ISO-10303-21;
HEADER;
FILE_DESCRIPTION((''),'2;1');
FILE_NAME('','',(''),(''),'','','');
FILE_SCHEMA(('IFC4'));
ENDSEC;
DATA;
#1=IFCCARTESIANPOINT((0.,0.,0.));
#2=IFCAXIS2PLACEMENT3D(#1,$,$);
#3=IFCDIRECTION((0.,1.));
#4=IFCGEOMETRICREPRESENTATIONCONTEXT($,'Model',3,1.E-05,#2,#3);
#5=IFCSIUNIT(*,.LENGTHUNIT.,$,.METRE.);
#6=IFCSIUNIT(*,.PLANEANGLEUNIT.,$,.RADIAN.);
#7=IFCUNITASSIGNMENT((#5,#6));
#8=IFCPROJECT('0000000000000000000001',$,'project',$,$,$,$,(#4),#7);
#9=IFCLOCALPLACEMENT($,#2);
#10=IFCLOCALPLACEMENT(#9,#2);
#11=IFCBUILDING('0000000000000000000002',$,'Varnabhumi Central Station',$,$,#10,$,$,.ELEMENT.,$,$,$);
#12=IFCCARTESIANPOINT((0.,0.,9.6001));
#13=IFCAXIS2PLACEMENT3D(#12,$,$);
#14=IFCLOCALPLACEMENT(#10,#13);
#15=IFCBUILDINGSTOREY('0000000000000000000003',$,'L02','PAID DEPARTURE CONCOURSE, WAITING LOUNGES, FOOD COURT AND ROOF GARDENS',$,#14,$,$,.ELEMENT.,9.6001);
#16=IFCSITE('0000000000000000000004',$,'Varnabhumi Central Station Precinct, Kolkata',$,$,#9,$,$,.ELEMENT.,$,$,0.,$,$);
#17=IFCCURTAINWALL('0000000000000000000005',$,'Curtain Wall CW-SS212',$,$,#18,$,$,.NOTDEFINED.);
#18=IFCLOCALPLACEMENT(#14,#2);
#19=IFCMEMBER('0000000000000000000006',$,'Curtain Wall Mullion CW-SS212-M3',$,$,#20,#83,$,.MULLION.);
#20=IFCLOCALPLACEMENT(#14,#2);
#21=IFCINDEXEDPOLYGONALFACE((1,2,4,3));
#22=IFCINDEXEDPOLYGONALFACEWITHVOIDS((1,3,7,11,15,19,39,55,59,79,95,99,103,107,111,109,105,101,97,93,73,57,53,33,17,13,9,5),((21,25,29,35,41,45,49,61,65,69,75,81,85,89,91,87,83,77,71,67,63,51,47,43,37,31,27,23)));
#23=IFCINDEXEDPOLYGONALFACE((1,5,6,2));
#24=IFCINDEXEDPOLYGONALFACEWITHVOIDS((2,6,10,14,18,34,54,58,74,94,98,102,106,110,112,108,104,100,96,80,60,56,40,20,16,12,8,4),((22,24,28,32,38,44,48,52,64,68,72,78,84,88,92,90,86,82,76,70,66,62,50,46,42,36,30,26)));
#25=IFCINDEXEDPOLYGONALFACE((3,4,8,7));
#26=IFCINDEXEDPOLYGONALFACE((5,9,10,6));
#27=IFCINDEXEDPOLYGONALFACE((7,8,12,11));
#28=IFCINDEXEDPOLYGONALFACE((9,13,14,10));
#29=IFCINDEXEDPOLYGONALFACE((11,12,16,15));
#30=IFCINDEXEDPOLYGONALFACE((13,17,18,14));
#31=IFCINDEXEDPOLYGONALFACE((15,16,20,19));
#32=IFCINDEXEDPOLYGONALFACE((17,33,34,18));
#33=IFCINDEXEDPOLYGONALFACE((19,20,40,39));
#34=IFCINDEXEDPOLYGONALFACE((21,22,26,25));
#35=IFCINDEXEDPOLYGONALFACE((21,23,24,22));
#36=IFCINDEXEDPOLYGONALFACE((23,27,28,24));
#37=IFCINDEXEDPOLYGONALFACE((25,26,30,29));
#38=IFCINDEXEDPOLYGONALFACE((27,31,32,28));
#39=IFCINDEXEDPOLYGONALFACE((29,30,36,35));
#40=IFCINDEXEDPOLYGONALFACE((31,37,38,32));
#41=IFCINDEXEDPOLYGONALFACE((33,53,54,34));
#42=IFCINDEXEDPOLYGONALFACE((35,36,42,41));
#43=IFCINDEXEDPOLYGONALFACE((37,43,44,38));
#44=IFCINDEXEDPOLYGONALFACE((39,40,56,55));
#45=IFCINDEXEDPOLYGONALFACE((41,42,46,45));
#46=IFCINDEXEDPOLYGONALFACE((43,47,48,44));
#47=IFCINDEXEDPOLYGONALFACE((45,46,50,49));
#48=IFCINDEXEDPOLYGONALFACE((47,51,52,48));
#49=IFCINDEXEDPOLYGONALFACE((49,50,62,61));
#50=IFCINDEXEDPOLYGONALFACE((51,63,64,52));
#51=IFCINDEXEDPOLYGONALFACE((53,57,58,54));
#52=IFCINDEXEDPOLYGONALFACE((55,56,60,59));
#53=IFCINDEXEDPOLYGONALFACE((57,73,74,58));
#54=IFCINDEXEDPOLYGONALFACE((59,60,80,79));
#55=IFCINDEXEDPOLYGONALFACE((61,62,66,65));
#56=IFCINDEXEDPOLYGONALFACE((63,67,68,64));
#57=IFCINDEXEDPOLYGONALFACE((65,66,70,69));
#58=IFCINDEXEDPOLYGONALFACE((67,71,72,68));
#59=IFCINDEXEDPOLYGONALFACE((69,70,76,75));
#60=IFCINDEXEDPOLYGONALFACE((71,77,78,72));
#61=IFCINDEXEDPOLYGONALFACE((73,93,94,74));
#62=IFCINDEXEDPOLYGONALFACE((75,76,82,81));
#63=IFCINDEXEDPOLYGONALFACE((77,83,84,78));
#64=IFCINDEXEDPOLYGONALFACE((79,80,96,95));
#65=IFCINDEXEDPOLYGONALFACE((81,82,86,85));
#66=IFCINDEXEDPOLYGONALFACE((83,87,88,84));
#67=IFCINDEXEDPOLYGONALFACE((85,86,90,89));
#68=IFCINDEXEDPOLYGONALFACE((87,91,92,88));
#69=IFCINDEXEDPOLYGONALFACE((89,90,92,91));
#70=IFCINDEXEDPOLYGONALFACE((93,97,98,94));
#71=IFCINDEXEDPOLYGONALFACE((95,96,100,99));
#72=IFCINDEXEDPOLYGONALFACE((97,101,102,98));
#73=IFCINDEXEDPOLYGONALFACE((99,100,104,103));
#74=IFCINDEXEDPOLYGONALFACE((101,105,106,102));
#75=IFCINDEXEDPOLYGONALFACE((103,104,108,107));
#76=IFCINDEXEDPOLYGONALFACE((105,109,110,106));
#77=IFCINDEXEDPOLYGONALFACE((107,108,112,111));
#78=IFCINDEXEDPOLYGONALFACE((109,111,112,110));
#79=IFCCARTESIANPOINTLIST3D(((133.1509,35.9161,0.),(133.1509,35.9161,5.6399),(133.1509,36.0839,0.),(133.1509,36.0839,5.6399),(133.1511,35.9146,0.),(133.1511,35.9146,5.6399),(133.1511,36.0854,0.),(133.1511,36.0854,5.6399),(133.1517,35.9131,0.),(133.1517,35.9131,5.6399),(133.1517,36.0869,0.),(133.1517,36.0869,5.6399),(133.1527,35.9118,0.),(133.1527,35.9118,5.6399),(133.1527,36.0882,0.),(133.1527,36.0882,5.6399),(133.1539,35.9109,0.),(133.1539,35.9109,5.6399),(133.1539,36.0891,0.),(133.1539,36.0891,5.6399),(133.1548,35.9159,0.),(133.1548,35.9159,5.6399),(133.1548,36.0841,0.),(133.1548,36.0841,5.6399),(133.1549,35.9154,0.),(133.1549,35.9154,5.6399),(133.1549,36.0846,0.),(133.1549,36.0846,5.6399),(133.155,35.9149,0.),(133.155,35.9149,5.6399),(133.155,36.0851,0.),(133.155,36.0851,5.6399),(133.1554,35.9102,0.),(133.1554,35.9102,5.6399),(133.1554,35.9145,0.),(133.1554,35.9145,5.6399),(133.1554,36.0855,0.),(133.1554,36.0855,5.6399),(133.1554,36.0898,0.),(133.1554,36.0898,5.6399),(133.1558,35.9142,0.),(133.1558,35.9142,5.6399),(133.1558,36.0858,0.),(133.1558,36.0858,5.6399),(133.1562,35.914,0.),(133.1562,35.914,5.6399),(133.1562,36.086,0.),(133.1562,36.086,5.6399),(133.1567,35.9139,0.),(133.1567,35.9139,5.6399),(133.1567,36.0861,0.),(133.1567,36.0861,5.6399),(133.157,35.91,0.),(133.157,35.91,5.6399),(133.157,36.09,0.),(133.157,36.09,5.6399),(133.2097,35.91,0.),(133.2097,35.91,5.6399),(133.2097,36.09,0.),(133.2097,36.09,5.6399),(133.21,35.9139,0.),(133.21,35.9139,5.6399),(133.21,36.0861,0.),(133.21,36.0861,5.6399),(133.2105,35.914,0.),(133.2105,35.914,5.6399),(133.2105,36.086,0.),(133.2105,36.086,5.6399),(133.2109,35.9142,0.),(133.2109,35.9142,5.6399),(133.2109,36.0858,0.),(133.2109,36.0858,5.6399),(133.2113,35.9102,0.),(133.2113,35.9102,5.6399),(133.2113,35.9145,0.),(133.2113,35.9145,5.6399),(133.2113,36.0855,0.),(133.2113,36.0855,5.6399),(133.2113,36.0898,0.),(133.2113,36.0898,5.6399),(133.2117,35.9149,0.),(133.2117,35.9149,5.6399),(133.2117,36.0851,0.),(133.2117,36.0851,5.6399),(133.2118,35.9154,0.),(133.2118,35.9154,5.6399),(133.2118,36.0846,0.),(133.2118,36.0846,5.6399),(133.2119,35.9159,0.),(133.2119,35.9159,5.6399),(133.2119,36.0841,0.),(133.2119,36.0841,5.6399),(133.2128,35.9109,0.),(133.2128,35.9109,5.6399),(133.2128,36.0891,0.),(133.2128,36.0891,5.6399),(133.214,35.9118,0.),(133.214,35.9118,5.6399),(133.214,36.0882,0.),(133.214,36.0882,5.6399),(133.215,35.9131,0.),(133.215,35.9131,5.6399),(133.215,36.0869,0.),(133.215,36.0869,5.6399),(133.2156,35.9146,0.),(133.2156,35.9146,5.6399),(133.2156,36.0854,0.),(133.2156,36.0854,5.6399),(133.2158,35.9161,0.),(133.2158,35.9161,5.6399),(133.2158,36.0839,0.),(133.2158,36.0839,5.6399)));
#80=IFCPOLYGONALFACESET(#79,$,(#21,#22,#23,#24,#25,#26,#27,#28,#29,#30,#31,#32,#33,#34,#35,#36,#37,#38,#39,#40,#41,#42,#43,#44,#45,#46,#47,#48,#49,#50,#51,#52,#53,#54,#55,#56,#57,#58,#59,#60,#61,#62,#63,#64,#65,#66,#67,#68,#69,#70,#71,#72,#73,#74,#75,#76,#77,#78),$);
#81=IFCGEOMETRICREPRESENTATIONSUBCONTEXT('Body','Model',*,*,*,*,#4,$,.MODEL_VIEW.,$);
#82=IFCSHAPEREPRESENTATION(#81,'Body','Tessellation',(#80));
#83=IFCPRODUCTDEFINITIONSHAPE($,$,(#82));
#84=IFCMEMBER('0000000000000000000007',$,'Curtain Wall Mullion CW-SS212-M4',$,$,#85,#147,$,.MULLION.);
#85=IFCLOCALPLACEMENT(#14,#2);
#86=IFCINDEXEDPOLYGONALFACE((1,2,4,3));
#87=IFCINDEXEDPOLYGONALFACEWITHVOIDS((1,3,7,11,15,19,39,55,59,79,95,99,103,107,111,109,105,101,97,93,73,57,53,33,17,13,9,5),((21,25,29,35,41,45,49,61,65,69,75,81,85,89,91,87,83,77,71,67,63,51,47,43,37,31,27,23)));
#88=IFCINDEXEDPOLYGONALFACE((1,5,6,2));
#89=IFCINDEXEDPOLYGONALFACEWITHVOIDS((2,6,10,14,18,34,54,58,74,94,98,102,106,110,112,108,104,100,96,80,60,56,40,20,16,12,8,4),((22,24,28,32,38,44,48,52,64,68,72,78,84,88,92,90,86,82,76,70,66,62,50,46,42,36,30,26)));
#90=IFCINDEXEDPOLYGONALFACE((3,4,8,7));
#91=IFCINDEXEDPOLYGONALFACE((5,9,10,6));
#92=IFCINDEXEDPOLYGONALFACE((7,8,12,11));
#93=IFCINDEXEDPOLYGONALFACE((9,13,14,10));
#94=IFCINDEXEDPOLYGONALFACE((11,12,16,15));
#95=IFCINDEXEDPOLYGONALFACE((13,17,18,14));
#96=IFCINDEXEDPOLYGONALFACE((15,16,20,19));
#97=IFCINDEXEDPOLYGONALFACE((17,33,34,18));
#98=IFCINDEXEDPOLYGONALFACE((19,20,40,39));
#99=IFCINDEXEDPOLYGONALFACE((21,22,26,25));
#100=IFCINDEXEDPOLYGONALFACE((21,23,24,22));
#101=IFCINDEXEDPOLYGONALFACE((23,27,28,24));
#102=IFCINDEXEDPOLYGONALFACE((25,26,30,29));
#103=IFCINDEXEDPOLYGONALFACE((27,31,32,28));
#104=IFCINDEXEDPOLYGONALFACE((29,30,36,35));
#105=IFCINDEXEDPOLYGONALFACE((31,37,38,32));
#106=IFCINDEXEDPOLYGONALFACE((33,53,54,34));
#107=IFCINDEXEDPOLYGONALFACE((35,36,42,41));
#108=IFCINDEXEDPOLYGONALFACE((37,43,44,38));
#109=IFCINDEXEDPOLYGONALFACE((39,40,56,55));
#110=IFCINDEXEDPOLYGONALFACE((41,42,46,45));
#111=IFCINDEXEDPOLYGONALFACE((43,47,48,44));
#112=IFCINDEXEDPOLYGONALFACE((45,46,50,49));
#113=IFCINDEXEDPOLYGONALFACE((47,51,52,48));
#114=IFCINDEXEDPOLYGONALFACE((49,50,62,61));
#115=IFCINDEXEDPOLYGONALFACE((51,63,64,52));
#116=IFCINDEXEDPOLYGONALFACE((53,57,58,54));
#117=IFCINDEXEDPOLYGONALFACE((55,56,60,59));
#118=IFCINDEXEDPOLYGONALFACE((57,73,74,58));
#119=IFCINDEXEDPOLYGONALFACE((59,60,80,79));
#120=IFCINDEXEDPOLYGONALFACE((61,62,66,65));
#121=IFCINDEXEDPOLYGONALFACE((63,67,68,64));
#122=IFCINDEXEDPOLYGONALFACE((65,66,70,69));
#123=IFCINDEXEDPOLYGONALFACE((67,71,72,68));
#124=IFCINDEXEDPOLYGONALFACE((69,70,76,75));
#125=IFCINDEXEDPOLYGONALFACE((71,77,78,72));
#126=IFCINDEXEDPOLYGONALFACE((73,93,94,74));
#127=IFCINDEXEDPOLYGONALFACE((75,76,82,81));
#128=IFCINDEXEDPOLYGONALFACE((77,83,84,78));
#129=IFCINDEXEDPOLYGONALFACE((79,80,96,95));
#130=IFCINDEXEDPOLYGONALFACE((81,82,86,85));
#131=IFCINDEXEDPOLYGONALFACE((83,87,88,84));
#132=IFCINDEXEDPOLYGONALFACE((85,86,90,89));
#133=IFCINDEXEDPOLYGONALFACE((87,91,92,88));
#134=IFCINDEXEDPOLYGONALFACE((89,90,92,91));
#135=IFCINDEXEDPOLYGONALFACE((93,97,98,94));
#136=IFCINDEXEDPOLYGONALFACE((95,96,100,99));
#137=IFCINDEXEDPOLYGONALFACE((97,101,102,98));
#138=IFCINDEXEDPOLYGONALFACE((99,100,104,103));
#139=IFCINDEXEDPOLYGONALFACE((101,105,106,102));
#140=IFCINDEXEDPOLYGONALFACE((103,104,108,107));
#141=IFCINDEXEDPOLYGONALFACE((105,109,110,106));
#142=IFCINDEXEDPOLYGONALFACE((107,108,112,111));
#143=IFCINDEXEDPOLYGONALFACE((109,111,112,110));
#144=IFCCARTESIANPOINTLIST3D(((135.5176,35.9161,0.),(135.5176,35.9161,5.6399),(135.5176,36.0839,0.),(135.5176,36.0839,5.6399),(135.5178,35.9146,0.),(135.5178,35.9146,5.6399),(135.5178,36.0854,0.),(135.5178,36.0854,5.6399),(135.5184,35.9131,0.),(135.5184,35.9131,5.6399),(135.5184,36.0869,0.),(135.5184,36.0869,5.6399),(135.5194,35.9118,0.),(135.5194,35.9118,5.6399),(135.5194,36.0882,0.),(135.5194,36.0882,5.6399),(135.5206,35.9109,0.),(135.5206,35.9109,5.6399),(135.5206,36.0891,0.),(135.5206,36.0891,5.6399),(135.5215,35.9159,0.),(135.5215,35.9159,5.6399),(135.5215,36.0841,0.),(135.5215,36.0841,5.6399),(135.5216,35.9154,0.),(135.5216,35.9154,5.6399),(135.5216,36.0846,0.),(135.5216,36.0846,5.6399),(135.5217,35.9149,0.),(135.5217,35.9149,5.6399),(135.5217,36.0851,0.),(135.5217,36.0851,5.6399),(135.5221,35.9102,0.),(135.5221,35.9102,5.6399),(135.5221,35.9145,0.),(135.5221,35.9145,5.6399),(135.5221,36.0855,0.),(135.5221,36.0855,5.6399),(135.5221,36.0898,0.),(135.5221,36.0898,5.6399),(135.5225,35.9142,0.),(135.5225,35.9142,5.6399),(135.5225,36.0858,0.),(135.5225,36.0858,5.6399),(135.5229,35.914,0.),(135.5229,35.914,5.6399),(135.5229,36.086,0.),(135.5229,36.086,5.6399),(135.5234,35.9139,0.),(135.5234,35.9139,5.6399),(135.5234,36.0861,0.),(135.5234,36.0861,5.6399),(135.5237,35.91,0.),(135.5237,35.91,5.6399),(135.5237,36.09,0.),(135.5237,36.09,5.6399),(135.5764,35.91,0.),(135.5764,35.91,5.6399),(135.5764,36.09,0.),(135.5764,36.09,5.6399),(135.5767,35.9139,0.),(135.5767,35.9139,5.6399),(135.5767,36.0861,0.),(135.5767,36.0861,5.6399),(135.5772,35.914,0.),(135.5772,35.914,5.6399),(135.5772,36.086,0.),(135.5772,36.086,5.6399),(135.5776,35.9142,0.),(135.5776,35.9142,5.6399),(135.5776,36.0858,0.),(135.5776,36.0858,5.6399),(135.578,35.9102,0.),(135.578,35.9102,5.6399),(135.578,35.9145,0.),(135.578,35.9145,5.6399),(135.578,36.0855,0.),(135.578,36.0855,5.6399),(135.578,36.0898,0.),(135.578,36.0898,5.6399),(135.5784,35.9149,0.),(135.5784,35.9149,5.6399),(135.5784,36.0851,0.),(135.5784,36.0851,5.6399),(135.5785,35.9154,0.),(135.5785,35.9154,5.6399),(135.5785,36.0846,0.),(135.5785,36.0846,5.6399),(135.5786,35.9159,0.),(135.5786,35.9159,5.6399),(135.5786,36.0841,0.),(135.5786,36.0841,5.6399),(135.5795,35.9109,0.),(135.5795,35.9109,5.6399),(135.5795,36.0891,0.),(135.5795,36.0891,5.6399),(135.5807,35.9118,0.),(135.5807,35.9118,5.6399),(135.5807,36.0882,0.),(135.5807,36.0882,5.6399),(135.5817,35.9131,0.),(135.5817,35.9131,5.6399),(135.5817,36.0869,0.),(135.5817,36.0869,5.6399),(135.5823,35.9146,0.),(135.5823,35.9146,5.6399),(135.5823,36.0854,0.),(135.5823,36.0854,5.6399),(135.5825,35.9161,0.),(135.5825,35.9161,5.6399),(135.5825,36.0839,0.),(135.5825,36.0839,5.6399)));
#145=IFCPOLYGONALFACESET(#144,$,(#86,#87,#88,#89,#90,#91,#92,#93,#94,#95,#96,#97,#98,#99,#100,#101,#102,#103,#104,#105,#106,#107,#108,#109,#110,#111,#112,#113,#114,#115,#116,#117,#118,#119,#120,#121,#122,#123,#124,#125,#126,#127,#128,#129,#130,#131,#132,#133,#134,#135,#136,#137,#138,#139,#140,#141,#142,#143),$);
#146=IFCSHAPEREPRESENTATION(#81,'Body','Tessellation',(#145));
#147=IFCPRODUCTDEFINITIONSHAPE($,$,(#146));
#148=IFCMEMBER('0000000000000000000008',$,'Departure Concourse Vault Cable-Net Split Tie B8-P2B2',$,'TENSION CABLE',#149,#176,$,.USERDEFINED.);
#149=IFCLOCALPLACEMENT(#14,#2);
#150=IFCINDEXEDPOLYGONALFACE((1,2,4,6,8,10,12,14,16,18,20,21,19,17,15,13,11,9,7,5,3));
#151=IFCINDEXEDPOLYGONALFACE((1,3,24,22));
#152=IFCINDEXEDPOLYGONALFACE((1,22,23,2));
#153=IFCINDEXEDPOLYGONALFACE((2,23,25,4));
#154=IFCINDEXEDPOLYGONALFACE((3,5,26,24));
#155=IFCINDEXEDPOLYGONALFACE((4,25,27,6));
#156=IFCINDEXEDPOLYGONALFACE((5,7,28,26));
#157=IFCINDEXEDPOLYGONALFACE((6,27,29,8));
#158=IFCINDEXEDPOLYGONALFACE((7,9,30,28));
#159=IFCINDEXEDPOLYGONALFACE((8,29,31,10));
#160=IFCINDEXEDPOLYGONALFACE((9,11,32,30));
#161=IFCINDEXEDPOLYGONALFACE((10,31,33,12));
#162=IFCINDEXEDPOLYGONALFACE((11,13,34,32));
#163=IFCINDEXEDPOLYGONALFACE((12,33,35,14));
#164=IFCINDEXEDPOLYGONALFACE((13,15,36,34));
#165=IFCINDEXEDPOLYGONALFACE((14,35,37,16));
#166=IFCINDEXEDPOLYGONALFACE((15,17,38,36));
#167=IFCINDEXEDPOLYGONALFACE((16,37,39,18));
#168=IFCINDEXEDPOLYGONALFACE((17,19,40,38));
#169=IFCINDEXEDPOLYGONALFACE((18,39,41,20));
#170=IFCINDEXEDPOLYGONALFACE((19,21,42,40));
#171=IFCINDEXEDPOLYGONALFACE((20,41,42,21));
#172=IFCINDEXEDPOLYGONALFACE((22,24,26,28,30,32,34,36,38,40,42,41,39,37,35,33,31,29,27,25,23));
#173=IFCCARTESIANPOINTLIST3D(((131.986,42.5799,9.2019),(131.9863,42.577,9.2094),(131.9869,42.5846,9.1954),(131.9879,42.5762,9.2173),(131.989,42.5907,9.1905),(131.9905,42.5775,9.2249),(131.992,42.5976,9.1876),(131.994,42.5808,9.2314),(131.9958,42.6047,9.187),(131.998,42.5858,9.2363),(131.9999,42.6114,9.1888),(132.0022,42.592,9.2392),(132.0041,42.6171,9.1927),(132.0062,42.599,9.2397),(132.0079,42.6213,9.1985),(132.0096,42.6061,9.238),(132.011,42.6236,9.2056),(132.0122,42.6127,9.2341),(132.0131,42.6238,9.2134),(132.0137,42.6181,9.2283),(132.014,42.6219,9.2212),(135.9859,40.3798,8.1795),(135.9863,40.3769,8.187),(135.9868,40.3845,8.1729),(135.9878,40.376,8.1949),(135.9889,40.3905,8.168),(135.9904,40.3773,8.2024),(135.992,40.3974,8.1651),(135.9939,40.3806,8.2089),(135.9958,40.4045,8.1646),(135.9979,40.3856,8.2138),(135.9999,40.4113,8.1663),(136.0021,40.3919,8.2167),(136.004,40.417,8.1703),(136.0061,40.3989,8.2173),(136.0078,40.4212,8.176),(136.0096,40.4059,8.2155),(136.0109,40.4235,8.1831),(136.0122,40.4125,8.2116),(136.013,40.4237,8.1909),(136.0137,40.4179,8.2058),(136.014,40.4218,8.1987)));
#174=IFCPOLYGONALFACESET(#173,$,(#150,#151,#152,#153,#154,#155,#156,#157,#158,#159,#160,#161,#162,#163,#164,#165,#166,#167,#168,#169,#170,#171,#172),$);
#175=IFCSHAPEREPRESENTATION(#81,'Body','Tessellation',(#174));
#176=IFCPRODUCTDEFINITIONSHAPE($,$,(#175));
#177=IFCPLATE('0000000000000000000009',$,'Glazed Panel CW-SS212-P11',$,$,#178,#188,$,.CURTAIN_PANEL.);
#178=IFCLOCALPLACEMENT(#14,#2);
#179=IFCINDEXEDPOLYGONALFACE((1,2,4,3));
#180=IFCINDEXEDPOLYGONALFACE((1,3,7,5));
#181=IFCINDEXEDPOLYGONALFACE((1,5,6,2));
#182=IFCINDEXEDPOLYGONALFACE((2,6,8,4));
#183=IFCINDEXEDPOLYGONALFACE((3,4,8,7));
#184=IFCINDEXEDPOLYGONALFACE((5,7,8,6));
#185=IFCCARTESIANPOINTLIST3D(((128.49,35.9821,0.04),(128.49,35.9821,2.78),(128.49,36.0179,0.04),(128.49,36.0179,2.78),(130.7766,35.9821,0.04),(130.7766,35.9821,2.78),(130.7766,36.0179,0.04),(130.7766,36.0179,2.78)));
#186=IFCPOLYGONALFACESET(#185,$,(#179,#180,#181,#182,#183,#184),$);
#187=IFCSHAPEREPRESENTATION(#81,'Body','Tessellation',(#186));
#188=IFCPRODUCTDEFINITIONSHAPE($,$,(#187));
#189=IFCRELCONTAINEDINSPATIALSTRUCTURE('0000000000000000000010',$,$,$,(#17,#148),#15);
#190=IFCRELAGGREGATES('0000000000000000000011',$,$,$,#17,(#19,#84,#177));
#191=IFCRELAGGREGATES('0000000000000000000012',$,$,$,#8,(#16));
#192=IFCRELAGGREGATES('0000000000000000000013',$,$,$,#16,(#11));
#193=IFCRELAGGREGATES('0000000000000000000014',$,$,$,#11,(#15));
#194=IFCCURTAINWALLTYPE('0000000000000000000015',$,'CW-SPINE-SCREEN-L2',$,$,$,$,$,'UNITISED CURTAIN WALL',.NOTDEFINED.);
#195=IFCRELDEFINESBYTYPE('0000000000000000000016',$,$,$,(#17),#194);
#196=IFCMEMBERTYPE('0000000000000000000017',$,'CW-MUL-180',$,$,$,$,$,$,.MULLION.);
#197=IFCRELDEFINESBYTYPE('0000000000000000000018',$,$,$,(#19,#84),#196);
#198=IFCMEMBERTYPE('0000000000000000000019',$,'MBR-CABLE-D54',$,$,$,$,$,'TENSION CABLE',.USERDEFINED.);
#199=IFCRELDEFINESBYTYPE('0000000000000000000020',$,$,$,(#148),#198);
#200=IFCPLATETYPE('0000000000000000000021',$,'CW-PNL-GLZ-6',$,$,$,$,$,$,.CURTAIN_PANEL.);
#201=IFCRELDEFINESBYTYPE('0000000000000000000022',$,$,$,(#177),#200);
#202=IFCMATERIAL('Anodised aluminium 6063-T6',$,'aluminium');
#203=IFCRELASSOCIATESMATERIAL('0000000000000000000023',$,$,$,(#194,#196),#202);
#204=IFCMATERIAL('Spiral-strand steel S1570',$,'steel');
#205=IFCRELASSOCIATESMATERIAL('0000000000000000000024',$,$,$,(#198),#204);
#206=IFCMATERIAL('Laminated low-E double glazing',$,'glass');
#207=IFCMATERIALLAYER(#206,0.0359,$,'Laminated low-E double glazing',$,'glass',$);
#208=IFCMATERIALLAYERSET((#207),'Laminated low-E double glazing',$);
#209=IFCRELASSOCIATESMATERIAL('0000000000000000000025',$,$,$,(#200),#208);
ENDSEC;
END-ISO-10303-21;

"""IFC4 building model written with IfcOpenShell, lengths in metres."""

from ifc_helpers import new_model, si_unit, direction, frame, origin, origin_2d, place, context, subcontext, project, spatial, rectangle, hollow_rectangle, circle, extrude, material, layer, layer_set, material_profile, profile_set, type_object, element, aggregate, save


model = new_model("IFC4")

# Units and contexts
model_context = context("Model", 3, precision=1e-05, world=origin(), true_north=direction((0.0, 1.0)))
body_context = subcontext(model_context, "Body", "Model", "MODEL_VIEW")
ifc_project = project(units=[si_unit("LENGTHUNIT", "METRE"), si_unit("PLANEANGLEUNIT", "RADIAN")], contexts=[model_context])

# Site, building, storey
site_placement = place(None, origin())
site = spatial("IfcSite", under=ifc_project, at=site_placement, Name="Varnabhumi Central Station Precinct, Kolkata", CompositionType="ELEMENT", RefElevation=0.0)
building_placement = place(site_placement, origin())
building = spatial("IfcBuilding", under=site, at=building_placement, Name="Varnabhumi Central Station", CompositionType="ELEMENT")
storey_placement = place(building_placement, frame((0.0, 0.0, 9.6001)))
storey = spatial("IfcBuildingStorey", under=building, at=storey_placement, Name="L02", Description="PAID DEPARTURE CONCOURSE, WAITING LOUNGES, FOOD COURT AND ROOF GARDENS", CompositionType="ELEMENT", Elevation=9.6001)

# Curtain wall, members
ifc_material_1 = material(Name="Anodised aluminium 6063-T6", Category="aluminium")
curtain_wall_type = type_object("IfcCurtainWallType", Name="CW-SPINE-SCREEN-L2", ElementType="UNITISED CURTAIN WALL", PredefinedType="NOTDEFINED", material=ifc_material_1)
curtain_wall_placement = place(storey_placement, origin())
curtain_wall = element("IfcCurtainWall", 1, at=curtain_wall_placement, inside=storey, type_object=curtain_wall_type, Name="Curtain Wall CW-SS212", PredefinedType="NOTDEFINED")
ifc_material_profile_1 = material_profile(ifc_material_1, hollow_rectangle(XDim=0.0649, YDim=0.1799, WallThickness=0.0039, InnerFilletRadius=0.002, OuterFilletRadius=0.0061, at=origin_2d()), Name="Anodised aluminium 6063-T6", Category="aluminium")
ifc_profile_set_1 = profile_set([ifc_material_profile_1], Name="Anodised aluminium 6063-T6")
member_type_1 = type_object("IfcMemberType", Name="CW-MUL-180", PredefinedType="MULLION", material=ifc_profile_set_1)
member_1_placement = place(storey_placement, frame((133.1833, 36.0, 0.0), z_axis=(0.0, 0.0, 1.0), x_axis=(1.0, 0.0, 0.0)))
member_1 = element("IfcMember", 2, at=member_1_placement, type_object=member_type_1, Name="Curtain Wall Mullion CW-SS212-M3", PredefinedType="MULLION", context=body_context, shape_type="SweptSolid", body=[
    extrude(hollow_rectangle(XDim=0.0649, YDim=0.1799, WallThickness=0.0039, InnerFilletRadius=0.002, OuterFilletRadius=0.0061, at=origin_2d()), origin(), (0.0, 0.0, 1.0), 5.6399),
])
member_2_placement = place(storey_placement, frame((135.55, 36.0, 0.0), z_axis=(0.0, 0.0, 1.0), x_axis=(1.0, 0.0, 0.0)))
member_2 = element("IfcMember", 3, at=member_2_placement, type_object=member_type_1, Name="Curtain Wall Mullion CW-SS212-M4", PredefinedType="MULLION", context=body_context, shape_type="SweptSolid", body=[
    extrude(hollow_rectangle(XDim=0.0649, YDim=0.1799, WallThickness=0.0039, InnerFilletRadius=0.002, OuterFilletRadius=0.0061, at=origin_2d()), origin(), (0.0, 0.0, 1.0), 5.6399),
])

# Member
ifc_material_2 = material(Name="Spiral-strand steel S1570", Category="steel")
ifc_material_profile_2 = material_profile(ifc_material_2, circle(Radius=0.0271, at=origin_2d()), Name="Spiral-strand steel S1570", Category="steel")
ifc_profile_set_2 = profile_set([ifc_material_profile_2], Name="Spiral-strand steel S1570")
member_type_2 = type_object("IfcMemberType", Name="MBR-CABLE-D54", ElementType="TENSION CABLE", PredefinedType="USERDEFINED", material=ifc_profile_set_2)
member_3_placement = place(storey_placement, frame((132.0, 42.6001, 9.2134), z_axis=(0.855015, -0.4703, -0.218555), x_axis=(0.481952, 0.876198, 0.0)))
element("IfcMember", 4, at=member_3_placement, inside=storey, type_object=member_type_2, Name="Departure Concourse Vault Cable-Net Split Tie B8-P2B2", ObjectType="TENSION CABLE", PredefinedType="USERDEFINED", context=body_context, shape_type="SweptSolid", body=[
    extrude(circle(Radius=0.0271, at=origin_2d()), origin(), (0.0, 0.0, 1.0), 4.6782),
])

# Plate
ifc_material_3 = material(Name="Laminated low-E double glazing", Category="glass")
ifc_layer_1 = layer(ifc_material_3, 0.0359, Name="Laminated low-E double glazing", Category="glass")
ifc_layer_set_1 = layer_set([ifc_layer_1], Name="Laminated low-E double glazing")
plate_type_1 = type_object("IfcPlateType", Name="CW-PNL-GLZ-6", PredefinedType="CURTAIN_PANEL", material=ifc_layer_set_1)
plate_1_placement = place(storey_placement, frame((129.6333, 36.0, 0.04), z_axis=(0.0, 0.0, 1.0), x_axis=(1.0, 0.0, 0.0)))
plate_1 = element("IfcPlate", 5, at=plate_1_placement, type_object=plate_type_1, Name="Glazed Panel CW-SS212-P11", PredefinedType="CURTAIN_PANEL", context=body_context, shape_type="SweptSolid", body=[
    extrude(rectangle(XDim=2.2866, YDim=0.0359, at=origin_2d()), origin(), (0.0, 0.0, 1.0), 2.74),
])
aggregate(curtain_wall, [member_1, member_2, plate_1])

save(model, "model.ifc")
